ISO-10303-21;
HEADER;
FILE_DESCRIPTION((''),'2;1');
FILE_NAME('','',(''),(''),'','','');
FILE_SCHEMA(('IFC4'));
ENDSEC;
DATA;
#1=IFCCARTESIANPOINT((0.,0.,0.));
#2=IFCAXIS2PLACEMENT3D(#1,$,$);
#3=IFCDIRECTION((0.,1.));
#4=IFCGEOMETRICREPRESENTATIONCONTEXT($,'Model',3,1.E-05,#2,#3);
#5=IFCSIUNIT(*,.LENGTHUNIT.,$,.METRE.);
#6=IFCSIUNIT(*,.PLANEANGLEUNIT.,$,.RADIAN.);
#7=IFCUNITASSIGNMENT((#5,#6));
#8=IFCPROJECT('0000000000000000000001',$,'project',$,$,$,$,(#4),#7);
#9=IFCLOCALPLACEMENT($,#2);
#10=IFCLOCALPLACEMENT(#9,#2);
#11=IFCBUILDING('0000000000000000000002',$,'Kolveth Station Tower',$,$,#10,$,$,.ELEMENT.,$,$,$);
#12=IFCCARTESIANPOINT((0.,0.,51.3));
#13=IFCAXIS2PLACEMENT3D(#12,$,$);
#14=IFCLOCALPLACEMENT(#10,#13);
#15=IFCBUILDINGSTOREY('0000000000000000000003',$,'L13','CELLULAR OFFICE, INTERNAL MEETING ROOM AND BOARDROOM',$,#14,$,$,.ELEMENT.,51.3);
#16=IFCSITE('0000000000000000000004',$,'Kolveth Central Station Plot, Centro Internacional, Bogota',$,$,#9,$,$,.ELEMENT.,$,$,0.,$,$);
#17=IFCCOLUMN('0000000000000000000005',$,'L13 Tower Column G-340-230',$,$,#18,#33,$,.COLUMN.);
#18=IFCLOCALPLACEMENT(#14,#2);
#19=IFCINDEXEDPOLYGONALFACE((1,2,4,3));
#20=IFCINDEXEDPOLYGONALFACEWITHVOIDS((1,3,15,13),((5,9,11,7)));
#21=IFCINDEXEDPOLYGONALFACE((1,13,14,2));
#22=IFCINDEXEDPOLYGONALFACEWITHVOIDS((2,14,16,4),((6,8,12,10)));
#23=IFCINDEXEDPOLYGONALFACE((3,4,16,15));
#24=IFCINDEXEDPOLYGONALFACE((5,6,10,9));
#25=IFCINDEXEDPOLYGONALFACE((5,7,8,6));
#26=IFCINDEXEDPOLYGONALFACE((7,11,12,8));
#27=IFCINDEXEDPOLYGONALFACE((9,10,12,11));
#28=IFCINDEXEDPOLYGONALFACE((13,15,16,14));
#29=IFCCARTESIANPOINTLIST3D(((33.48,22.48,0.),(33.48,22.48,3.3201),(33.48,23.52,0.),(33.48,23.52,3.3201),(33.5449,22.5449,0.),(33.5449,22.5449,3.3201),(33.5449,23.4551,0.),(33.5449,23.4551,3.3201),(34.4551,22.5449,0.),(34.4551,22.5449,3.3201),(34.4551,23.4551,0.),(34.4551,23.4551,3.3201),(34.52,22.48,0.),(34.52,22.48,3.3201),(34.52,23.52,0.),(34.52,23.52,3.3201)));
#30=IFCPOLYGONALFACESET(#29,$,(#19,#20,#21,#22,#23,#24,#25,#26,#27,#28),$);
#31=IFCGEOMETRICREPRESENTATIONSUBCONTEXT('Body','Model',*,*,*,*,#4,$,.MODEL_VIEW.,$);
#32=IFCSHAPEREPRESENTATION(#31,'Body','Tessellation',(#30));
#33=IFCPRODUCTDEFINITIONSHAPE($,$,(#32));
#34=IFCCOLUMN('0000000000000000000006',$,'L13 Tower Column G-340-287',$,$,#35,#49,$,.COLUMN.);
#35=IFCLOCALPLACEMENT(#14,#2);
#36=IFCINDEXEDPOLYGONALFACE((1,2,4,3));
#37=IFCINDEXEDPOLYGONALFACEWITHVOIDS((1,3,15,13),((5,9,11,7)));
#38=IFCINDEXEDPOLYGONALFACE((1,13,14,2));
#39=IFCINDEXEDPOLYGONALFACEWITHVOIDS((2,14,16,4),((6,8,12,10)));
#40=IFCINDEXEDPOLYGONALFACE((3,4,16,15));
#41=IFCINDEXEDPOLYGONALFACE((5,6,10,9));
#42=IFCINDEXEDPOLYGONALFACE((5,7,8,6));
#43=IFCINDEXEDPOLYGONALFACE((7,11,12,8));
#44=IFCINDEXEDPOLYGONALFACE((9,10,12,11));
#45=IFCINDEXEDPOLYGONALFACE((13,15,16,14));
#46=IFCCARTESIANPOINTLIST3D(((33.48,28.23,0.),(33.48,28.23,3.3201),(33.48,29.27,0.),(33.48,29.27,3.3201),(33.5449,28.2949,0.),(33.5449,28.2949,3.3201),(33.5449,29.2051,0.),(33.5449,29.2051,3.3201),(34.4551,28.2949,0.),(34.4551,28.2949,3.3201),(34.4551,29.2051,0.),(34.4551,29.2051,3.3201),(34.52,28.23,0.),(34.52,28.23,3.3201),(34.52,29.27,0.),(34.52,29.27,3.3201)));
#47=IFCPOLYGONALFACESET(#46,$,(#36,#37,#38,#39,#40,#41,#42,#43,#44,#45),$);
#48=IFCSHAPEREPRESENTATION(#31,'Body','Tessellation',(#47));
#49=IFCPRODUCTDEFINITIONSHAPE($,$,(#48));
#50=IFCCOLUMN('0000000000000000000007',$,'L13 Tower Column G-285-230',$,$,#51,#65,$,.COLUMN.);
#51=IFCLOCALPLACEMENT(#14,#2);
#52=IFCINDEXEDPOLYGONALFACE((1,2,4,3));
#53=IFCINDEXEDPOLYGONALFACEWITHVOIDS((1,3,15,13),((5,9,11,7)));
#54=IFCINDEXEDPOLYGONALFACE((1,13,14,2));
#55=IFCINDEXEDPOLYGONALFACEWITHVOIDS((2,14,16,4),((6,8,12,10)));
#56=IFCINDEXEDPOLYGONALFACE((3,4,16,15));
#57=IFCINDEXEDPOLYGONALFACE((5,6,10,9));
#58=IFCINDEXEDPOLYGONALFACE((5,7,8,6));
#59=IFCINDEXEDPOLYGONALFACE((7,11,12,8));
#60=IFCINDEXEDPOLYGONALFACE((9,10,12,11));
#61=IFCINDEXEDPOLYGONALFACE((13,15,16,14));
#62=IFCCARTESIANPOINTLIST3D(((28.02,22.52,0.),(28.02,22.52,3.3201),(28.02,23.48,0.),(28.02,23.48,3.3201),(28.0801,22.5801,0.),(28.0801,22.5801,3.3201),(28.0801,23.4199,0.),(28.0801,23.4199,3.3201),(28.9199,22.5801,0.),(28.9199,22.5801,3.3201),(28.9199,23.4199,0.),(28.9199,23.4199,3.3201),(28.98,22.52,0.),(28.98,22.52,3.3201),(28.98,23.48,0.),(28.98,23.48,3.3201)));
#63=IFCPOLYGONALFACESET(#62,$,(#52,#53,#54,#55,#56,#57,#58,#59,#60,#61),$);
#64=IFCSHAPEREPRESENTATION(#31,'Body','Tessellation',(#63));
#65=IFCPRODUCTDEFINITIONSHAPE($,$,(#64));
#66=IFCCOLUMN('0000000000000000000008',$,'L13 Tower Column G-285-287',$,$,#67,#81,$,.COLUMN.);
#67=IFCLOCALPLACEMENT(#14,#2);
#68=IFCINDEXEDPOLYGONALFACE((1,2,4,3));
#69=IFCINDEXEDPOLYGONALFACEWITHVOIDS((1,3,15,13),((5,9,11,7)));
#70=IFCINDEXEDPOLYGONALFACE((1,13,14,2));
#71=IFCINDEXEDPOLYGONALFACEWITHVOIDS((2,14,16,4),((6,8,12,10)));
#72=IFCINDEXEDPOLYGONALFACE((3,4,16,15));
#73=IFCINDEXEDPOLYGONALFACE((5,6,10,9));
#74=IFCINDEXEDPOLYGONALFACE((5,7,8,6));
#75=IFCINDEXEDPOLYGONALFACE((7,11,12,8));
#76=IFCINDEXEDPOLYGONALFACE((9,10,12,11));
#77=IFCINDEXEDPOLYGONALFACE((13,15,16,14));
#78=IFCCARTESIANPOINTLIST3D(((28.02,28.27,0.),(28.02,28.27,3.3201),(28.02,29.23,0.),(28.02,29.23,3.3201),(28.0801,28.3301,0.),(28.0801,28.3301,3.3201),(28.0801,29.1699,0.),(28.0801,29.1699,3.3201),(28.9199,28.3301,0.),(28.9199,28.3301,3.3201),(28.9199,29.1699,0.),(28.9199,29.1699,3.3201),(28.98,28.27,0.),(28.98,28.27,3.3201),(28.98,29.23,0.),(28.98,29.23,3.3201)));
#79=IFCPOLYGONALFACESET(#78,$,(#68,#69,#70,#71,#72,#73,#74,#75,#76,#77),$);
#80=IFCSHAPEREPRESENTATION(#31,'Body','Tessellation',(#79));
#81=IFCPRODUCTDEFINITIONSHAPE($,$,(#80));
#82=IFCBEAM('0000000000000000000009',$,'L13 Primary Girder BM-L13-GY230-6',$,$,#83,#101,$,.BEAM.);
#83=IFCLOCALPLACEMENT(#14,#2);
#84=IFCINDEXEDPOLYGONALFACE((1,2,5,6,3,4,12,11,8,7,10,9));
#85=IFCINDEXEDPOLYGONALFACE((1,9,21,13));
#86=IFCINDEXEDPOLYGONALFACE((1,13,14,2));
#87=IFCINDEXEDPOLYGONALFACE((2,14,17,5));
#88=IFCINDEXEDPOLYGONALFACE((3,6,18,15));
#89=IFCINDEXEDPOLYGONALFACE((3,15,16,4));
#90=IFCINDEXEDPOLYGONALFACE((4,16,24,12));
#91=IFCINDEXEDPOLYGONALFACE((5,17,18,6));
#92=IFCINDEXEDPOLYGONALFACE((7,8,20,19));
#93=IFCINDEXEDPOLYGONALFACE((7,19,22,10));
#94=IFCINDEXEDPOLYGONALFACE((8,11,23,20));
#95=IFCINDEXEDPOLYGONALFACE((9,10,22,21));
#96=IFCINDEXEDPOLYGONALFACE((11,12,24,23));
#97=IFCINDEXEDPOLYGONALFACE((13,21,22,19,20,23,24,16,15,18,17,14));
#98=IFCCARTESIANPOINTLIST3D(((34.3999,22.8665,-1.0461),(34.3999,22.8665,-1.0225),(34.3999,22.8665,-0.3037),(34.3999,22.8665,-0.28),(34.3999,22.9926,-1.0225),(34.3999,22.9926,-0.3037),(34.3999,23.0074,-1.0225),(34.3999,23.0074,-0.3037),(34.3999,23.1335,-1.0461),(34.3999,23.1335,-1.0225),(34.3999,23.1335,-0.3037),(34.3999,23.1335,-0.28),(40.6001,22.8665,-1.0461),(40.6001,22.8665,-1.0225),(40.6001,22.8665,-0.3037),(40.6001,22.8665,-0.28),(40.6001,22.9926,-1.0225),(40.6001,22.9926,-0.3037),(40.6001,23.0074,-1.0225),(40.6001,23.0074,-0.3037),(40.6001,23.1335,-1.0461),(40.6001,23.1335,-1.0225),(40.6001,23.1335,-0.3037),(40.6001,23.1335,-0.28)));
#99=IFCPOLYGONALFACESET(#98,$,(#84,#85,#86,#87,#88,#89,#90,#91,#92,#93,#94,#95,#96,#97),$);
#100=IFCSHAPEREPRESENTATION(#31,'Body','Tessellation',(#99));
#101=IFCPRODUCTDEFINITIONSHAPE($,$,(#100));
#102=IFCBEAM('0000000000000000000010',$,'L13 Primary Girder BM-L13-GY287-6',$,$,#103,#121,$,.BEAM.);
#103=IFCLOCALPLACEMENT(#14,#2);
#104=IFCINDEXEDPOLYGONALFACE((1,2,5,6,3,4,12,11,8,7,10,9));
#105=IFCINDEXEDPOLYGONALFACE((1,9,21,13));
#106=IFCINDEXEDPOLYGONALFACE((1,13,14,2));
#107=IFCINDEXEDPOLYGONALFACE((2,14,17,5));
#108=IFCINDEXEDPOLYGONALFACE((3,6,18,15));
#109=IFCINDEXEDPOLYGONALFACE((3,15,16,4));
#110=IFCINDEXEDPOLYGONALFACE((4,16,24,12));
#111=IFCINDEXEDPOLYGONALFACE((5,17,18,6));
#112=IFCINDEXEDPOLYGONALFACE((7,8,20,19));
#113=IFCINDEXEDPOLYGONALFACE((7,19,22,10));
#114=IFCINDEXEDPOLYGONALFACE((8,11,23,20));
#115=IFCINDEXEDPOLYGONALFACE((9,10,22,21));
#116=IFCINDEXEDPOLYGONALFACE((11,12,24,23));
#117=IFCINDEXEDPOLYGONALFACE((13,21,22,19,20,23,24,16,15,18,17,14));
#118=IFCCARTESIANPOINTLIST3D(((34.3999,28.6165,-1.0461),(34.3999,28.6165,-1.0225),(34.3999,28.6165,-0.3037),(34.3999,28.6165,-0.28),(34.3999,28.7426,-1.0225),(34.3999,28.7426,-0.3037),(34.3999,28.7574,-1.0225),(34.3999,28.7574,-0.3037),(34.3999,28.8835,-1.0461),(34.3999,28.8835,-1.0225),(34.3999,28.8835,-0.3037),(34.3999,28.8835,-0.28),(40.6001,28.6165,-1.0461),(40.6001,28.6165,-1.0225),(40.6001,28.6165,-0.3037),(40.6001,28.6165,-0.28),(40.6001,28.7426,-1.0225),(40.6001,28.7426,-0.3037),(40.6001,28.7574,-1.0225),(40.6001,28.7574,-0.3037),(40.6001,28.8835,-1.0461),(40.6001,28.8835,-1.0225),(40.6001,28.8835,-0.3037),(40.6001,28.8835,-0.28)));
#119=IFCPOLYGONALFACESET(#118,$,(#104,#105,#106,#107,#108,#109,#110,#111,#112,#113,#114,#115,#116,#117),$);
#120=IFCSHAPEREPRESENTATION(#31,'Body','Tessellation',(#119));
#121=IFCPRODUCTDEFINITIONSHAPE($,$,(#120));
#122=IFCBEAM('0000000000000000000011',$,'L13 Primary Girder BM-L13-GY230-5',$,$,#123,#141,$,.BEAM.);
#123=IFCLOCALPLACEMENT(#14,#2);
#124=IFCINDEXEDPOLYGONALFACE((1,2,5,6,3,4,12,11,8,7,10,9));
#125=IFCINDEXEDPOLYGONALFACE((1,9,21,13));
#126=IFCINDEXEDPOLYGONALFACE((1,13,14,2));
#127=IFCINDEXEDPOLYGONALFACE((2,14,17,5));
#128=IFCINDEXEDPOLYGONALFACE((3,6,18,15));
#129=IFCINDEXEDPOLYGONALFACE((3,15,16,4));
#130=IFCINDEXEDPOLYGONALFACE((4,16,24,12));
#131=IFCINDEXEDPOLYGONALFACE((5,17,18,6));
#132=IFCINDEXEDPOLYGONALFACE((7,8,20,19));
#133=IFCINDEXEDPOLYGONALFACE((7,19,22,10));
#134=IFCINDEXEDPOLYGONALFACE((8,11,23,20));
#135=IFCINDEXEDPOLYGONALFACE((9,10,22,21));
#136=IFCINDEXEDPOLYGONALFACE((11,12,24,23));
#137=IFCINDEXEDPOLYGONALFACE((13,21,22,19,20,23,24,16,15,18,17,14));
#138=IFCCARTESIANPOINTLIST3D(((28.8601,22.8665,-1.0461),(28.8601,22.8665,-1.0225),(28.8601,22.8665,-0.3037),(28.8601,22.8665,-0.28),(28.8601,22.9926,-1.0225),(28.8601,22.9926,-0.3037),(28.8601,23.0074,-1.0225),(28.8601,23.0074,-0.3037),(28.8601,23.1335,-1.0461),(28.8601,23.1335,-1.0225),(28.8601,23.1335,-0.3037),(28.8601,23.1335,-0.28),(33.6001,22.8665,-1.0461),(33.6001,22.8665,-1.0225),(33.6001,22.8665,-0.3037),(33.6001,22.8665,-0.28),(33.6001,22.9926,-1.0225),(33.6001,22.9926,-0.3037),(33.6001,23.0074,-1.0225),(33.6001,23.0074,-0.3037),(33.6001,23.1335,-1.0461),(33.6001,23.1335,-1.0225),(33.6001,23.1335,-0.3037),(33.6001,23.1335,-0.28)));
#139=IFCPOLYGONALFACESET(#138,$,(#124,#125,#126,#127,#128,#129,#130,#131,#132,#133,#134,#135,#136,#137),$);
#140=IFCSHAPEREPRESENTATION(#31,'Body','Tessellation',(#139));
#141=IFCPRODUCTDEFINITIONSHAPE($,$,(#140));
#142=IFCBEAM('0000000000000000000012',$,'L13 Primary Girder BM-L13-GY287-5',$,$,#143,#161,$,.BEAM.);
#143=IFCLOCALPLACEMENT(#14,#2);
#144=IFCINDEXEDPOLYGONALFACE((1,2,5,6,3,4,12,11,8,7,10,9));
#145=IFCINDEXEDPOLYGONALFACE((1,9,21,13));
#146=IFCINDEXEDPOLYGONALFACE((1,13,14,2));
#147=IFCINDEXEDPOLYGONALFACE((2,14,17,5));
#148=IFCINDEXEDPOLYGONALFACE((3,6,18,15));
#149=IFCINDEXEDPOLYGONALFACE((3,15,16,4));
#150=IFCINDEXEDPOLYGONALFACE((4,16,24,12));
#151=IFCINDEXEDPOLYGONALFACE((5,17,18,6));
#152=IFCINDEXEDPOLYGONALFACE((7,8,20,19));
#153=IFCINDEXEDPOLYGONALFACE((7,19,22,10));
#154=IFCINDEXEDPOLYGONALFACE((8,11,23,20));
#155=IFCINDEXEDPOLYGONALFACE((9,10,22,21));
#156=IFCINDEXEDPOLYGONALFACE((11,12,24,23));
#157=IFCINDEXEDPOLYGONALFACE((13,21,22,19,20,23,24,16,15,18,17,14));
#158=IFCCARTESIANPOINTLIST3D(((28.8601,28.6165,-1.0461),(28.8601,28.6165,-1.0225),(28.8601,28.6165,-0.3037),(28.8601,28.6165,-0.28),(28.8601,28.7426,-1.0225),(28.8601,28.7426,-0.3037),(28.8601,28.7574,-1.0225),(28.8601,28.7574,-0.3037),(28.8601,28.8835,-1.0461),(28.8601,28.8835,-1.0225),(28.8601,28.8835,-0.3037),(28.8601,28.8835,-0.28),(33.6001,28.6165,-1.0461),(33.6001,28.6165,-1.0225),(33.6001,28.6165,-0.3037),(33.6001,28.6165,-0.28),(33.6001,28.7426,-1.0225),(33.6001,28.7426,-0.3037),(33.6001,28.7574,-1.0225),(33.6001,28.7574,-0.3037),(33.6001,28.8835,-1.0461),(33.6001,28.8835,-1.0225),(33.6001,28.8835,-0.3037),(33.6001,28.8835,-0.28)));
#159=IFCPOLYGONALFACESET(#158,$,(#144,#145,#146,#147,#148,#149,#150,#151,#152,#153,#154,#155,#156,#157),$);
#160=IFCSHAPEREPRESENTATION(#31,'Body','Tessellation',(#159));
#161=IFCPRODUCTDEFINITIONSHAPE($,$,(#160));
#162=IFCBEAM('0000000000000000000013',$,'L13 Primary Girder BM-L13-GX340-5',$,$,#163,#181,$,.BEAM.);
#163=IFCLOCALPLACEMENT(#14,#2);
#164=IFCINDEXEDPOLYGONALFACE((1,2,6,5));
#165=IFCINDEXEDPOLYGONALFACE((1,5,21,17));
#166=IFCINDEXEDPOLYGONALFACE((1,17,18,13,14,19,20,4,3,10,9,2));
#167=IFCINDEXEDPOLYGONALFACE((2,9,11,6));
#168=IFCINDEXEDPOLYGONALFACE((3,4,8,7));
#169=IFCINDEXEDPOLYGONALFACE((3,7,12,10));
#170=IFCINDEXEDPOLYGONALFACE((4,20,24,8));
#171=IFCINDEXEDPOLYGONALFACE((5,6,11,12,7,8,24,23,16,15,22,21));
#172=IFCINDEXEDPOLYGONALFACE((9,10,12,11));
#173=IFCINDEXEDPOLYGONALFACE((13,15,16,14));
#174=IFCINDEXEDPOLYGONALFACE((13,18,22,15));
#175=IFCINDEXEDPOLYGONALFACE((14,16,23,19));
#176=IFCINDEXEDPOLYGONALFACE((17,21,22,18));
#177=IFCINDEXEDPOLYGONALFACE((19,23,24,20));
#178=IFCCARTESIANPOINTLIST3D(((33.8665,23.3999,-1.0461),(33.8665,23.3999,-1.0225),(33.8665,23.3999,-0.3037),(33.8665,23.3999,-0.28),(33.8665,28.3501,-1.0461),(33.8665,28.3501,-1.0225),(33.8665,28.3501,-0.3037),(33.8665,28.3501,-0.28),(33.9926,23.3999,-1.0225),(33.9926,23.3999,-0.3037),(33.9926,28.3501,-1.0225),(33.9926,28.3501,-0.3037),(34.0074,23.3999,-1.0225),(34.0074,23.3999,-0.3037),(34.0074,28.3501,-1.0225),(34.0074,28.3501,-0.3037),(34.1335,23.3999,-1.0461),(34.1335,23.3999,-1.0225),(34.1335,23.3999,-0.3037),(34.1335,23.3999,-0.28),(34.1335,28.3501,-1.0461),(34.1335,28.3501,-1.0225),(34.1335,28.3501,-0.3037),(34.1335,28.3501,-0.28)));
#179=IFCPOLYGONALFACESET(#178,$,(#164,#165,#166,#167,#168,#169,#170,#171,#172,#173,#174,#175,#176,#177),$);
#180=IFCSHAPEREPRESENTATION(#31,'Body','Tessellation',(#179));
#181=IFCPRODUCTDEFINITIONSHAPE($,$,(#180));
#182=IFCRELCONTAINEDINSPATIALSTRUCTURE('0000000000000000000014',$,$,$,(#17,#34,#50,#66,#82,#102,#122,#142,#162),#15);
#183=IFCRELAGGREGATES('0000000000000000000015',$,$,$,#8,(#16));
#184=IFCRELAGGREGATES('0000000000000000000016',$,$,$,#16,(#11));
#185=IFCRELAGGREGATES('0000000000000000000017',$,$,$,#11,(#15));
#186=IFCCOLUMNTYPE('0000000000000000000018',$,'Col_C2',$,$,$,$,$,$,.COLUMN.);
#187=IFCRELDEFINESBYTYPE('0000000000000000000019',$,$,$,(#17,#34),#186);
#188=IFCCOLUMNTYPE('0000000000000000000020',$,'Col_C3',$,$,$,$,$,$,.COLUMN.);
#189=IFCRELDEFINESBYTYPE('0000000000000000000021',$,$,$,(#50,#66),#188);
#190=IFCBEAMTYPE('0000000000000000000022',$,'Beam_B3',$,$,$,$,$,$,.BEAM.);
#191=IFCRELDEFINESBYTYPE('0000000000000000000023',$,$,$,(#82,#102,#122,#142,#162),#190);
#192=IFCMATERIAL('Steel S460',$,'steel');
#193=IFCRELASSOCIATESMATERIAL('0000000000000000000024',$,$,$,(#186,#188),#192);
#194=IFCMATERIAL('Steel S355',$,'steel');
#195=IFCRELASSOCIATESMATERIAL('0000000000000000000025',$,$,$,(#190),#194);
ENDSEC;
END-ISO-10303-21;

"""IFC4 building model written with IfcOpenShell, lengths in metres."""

from ifc_helpers import new_model, si_unit, direction, frame, origin, origin_2d, place, context, subcontext, project, spatial, hollow_rectangle, i_section, extrude, source, transform, mapped, material, material_profile, profile_set, type_object, element, save


model = new_model("IFC4")

# Units and contexts
model_context = context("Model", 3, precision=1e-05, world=origin(), true_north=direction((0.0, 1.0)))
body_context = subcontext(model_context, "Body", "Model", "MODEL_VIEW")
ifc_project = project(units=[si_unit("LENGTHUNIT", "METRE"), si_unit("PLANEANGLEUNIT", "RADIAN")], contexts=[model_context])

# Site, building, storey
site_placement = place(None, origin())
site = spatial("IfcSite", under=ifc_project, at=site_placement, Name="Kolveth Central Station Plot, Centro Internacional, Bogota", CompositionType="ELEMENT", RefElevation=0.0)
building_placement = place(site_placement, origin())
building = spatial("IfcBuilding", under=site, at=building_placement, Name="Kolveth Station Tower", CompositionType="ELEMENT")
storey_placement = place(building_placement, frame((0.0, 0.0, 51.3)))
storey = spatial("IfcBuildingStorey", under=building, at=storey_placement, Name="L13", Description="CELLULAR OFFICE, INTERNAL MEETING ROOM AND BOARDROOM", CompositionType="ELEMENT", Elevation=51.3)

# Columns
ifc_material_1 = material(Name="Steel S460", Category="steel")
ifc_material_profile_1 = material_profile(ifc_material_1, hollow_rectangle(XDim=1.04, YDim=1.04, WallThickness=0.0649, at=origin_2d()), Name="BOX1040x1040x65")
ifc_profile_set_1 = profile_set([ifc_material_profile_1], Name="Steel S460")
column_type_1 = type_object("IfcColumnType", Name="Col_C2", PredefinedType="COLUMN", material=ifc_profile_set_1)
shared_shape_1 = source(origin(), body_context, "Body", "SweptSolid", [
    extrude(hollow_rectangle(XDim=1.04, YDim=1.04, WallThickness=0.0649, at=origin_2d()), origin(), (0.0, 0.0, 1.0), 3.3201),
])
for number, where, z_axis, x_axis, name in (
    (1, (34.0, 23.0, 0.0), (0.0, 0.0, 1.0), (1.0, 0.0, 0.0), "L13 Tower Column G-340-230"),
    (2, (34.0, 28.75, 0.0), (0.0, 0.0, 1.0), (1.0, 0.0, 0.0), "L13 Tower Column G-340-287"),
):
    element("IfcColumn", number, at=place(storey_placement, frame(where, z_axis=z_axis, x_axis=x_axis)), inside=storey, type_object=column_type_1, Name=name, PredefinedType="COLUMN", context=body_context, shape_type="MappedRepresentation", body=[
        mapped(shared_shape_1, transform((0.0, 0.0, 0.0), x_axis=(1.0, 0.0, 0.0), y_axis=(0.0, 1.0, 0.0), z_axis=(0.0, 0.0, 1.0), scale=1.0)),
    ])
ifc_material_profile_2 = material_profile(ifc_material_1, hollow_rectangle(XDim=0.96, YDim=0.96, WallThickness=0.0601, at=origin_2d()), Name="BOX960x960x60")
ifc_profile_set_2 = profile_set([ifc_material_profile_2], Name="Steel S460")
column_type_2 = type_object("IfcColumnType", Name="Col_C3", PredefinedType="COLUMN", material=ifc_profile_set_2)
shared_shape_2 = source(origin(), body_context, "Body", "SweptSolid", [
    extrude(hollow_rectangle(XDim=0.96, YDim=0.96, WallThickness=0.0601, at=origin_2d()), origin(), (0.0, 0.0, 1.0), 3.3201),
])
for number, where, z_axis, x_axis, name in (
    (3, (28.5, 23.0, 0.0), (0.0, 0.0, 1.0), (1.0, 0.0, 0.0), "L13 Tower Column G-285-230"),
    (4, (28.5, 28.75, 0.0), (0.0, 0.0, 1.0), (1.0, 0.0, 0.0), "L13 Tower Column G-285-287"),
):
    element("IfcColumn", number, at=place(storey_placement, frame(where, z_axis=z_axis, x_axis=x_axis)), inside=storey, type_object=column_type_2, Name=name, PredefinedType="COLUMN", context=body_context, shape_type="MappedRepresentation", body=[
        mapped(shared_shape_2, transform((0.0, 0.0, 0.0), x_axis=(1.0, 0.0, 0.0), y_axis=(0.0, 1.0, 0.0), z_axis=(0.0, 0.0, 1.0), scale=1.0)),
    ])

# Beams
ifc_material_2 = material(Name="Steel S355", Category="steel")
ifc_material_profile_3 = material_profile(ifc_material_2, i_section(OverallWidth=0.2671, OverallDepth=0.7661, WebThickness=0.0149, FlangeThickness=0.0237, at=origin_2d()), Name="W760x185")
ifc_profile_set_3 = profile_set([ifc_material_profile_3], Name="Steel S355")
beam_type_1 = type_object("IfcBeamType", Name="Beam_B3", PredefinedType="BEAM", material=ifc_profile_set_3)
shared_shape_3 = source(origin(), body_context, "Body", "SweptSolid", [
    extrude(i_section(OverallWidth=0.2671, OverallDepth=0.7661, WebThickness=0.0149, FlangeThickness=0.0237, at=origin_2d()), origin(), (0.0, 0.0, 1.0), 6.2002),
])
for number, where, z_axis, x_axis, name in (
    (5, (34.3999, 23.0, -0.6631), (1.0, 0.0, 0.0), (0.0, 1.0, 0.0), "L13 Primary Girder BM-L13-GY230-6"),
    (6, (34.3999, 28.75, -0.6631), (1.0, 0.0, 0.0), (0.0, 1.0, 0.0), "L13 Primary Girder BM-L13-GY287-6"),
):
    element("IfcBeam", number, at=place(storey_placement, frame(where, z_axis=z_axis, x_axis=x_axis)), inside=storey, type_object=beam_type_1, Name=name, PredefinedType="BEAM", context=body_context, shape_type="MappedRepresentation", body=[
        mapped(shared_shape_3, transform((0.0, 0.0, 0.0), x_axis=(1.0, 0.0, 0.0), y_axis=(0.0, 1.0, 0.0), z_axis=(0.0, 0.0, 1.0), scale=1.0)),
    ])
shared_shape_4 = source(origin(), body_context, "Body", "SweptSolid", [
    extrude(i_section(OverallWidth=0.2671, OverallDepth=0.7661, WebThickness=0.0149, FlangeThickness=0.0237, at=origin_2d()), origin(), (0.0, 0.0, 1.0), 4.74),
])
for number, where, z_axis, x_axis, name in (
    (7, (28.8601, 23.0, -0.6631), (1.0, 0.0, 0.0), (0.0, 1.0, 0.0), "L13 Primary Girder BM-L13-GY230-5"),
    (8, (28.8601, 28.75, -0.6631), (1.0, 0.0, 0.0), (0.0, 1.0, 0.0), "L13 Primary Girder BM-L13-GY287-5"),
):
    element("IfcBeam", number, at=place(storey_placement, frame(where, z_axis=z_axis, x_axis=x_axis)), inside=storey, type_object=beam_type_1, Name=name, PredefinedType="BEAM", context=body_context, shape_type="MappedRepresentation", body=[
        mapped(shared_shape_4, transform((0.0, 0.0, 0.0), x_axis=(1.0, 0.0, 0.0), y_axis=(0.0, 1.0, 0.0), z_axis=(0.0, 0.0, 1.0), scale=1.0)),
    ])
shared_shape_5 = source(origin(), body_context, "Body", "SweptSolid", [
    extrude(i_section(OverallWidth=0.2671, OverallDepth=0.7661, WebThickness=0.0149, FlangeThickness=0.0237, at=origin_2d()), origin(), (0.0, 0.0, 1.0), 4.9502),
])
beam_1_placement = place(storey_placement, frame((34.0, 23.3999, -0.6631), z_axis=(0.0, 1.0, 0.0), x_axis=(-1.0, 0.0, 0.0)))
element("IfcBeam", 9, at=beam_1_placement, inside=storey, type_object=beam_type_1, Name="L13 Primary Girder BM-L13-GX340-5", PredefinedType="BEAM", context=body_context, shape_type="MappedRepresentation", body=[
    mapped(shared_shape_5, transform((0.0, 0.0, 0.0), x_axis=(1.0, 0.0, 0.0), y_axis=(0.0, 1.0, 0.0), z_axis=(0.0, 0.0, 1.0), scale=1.0)),
])

save(model, "model.ifc")
